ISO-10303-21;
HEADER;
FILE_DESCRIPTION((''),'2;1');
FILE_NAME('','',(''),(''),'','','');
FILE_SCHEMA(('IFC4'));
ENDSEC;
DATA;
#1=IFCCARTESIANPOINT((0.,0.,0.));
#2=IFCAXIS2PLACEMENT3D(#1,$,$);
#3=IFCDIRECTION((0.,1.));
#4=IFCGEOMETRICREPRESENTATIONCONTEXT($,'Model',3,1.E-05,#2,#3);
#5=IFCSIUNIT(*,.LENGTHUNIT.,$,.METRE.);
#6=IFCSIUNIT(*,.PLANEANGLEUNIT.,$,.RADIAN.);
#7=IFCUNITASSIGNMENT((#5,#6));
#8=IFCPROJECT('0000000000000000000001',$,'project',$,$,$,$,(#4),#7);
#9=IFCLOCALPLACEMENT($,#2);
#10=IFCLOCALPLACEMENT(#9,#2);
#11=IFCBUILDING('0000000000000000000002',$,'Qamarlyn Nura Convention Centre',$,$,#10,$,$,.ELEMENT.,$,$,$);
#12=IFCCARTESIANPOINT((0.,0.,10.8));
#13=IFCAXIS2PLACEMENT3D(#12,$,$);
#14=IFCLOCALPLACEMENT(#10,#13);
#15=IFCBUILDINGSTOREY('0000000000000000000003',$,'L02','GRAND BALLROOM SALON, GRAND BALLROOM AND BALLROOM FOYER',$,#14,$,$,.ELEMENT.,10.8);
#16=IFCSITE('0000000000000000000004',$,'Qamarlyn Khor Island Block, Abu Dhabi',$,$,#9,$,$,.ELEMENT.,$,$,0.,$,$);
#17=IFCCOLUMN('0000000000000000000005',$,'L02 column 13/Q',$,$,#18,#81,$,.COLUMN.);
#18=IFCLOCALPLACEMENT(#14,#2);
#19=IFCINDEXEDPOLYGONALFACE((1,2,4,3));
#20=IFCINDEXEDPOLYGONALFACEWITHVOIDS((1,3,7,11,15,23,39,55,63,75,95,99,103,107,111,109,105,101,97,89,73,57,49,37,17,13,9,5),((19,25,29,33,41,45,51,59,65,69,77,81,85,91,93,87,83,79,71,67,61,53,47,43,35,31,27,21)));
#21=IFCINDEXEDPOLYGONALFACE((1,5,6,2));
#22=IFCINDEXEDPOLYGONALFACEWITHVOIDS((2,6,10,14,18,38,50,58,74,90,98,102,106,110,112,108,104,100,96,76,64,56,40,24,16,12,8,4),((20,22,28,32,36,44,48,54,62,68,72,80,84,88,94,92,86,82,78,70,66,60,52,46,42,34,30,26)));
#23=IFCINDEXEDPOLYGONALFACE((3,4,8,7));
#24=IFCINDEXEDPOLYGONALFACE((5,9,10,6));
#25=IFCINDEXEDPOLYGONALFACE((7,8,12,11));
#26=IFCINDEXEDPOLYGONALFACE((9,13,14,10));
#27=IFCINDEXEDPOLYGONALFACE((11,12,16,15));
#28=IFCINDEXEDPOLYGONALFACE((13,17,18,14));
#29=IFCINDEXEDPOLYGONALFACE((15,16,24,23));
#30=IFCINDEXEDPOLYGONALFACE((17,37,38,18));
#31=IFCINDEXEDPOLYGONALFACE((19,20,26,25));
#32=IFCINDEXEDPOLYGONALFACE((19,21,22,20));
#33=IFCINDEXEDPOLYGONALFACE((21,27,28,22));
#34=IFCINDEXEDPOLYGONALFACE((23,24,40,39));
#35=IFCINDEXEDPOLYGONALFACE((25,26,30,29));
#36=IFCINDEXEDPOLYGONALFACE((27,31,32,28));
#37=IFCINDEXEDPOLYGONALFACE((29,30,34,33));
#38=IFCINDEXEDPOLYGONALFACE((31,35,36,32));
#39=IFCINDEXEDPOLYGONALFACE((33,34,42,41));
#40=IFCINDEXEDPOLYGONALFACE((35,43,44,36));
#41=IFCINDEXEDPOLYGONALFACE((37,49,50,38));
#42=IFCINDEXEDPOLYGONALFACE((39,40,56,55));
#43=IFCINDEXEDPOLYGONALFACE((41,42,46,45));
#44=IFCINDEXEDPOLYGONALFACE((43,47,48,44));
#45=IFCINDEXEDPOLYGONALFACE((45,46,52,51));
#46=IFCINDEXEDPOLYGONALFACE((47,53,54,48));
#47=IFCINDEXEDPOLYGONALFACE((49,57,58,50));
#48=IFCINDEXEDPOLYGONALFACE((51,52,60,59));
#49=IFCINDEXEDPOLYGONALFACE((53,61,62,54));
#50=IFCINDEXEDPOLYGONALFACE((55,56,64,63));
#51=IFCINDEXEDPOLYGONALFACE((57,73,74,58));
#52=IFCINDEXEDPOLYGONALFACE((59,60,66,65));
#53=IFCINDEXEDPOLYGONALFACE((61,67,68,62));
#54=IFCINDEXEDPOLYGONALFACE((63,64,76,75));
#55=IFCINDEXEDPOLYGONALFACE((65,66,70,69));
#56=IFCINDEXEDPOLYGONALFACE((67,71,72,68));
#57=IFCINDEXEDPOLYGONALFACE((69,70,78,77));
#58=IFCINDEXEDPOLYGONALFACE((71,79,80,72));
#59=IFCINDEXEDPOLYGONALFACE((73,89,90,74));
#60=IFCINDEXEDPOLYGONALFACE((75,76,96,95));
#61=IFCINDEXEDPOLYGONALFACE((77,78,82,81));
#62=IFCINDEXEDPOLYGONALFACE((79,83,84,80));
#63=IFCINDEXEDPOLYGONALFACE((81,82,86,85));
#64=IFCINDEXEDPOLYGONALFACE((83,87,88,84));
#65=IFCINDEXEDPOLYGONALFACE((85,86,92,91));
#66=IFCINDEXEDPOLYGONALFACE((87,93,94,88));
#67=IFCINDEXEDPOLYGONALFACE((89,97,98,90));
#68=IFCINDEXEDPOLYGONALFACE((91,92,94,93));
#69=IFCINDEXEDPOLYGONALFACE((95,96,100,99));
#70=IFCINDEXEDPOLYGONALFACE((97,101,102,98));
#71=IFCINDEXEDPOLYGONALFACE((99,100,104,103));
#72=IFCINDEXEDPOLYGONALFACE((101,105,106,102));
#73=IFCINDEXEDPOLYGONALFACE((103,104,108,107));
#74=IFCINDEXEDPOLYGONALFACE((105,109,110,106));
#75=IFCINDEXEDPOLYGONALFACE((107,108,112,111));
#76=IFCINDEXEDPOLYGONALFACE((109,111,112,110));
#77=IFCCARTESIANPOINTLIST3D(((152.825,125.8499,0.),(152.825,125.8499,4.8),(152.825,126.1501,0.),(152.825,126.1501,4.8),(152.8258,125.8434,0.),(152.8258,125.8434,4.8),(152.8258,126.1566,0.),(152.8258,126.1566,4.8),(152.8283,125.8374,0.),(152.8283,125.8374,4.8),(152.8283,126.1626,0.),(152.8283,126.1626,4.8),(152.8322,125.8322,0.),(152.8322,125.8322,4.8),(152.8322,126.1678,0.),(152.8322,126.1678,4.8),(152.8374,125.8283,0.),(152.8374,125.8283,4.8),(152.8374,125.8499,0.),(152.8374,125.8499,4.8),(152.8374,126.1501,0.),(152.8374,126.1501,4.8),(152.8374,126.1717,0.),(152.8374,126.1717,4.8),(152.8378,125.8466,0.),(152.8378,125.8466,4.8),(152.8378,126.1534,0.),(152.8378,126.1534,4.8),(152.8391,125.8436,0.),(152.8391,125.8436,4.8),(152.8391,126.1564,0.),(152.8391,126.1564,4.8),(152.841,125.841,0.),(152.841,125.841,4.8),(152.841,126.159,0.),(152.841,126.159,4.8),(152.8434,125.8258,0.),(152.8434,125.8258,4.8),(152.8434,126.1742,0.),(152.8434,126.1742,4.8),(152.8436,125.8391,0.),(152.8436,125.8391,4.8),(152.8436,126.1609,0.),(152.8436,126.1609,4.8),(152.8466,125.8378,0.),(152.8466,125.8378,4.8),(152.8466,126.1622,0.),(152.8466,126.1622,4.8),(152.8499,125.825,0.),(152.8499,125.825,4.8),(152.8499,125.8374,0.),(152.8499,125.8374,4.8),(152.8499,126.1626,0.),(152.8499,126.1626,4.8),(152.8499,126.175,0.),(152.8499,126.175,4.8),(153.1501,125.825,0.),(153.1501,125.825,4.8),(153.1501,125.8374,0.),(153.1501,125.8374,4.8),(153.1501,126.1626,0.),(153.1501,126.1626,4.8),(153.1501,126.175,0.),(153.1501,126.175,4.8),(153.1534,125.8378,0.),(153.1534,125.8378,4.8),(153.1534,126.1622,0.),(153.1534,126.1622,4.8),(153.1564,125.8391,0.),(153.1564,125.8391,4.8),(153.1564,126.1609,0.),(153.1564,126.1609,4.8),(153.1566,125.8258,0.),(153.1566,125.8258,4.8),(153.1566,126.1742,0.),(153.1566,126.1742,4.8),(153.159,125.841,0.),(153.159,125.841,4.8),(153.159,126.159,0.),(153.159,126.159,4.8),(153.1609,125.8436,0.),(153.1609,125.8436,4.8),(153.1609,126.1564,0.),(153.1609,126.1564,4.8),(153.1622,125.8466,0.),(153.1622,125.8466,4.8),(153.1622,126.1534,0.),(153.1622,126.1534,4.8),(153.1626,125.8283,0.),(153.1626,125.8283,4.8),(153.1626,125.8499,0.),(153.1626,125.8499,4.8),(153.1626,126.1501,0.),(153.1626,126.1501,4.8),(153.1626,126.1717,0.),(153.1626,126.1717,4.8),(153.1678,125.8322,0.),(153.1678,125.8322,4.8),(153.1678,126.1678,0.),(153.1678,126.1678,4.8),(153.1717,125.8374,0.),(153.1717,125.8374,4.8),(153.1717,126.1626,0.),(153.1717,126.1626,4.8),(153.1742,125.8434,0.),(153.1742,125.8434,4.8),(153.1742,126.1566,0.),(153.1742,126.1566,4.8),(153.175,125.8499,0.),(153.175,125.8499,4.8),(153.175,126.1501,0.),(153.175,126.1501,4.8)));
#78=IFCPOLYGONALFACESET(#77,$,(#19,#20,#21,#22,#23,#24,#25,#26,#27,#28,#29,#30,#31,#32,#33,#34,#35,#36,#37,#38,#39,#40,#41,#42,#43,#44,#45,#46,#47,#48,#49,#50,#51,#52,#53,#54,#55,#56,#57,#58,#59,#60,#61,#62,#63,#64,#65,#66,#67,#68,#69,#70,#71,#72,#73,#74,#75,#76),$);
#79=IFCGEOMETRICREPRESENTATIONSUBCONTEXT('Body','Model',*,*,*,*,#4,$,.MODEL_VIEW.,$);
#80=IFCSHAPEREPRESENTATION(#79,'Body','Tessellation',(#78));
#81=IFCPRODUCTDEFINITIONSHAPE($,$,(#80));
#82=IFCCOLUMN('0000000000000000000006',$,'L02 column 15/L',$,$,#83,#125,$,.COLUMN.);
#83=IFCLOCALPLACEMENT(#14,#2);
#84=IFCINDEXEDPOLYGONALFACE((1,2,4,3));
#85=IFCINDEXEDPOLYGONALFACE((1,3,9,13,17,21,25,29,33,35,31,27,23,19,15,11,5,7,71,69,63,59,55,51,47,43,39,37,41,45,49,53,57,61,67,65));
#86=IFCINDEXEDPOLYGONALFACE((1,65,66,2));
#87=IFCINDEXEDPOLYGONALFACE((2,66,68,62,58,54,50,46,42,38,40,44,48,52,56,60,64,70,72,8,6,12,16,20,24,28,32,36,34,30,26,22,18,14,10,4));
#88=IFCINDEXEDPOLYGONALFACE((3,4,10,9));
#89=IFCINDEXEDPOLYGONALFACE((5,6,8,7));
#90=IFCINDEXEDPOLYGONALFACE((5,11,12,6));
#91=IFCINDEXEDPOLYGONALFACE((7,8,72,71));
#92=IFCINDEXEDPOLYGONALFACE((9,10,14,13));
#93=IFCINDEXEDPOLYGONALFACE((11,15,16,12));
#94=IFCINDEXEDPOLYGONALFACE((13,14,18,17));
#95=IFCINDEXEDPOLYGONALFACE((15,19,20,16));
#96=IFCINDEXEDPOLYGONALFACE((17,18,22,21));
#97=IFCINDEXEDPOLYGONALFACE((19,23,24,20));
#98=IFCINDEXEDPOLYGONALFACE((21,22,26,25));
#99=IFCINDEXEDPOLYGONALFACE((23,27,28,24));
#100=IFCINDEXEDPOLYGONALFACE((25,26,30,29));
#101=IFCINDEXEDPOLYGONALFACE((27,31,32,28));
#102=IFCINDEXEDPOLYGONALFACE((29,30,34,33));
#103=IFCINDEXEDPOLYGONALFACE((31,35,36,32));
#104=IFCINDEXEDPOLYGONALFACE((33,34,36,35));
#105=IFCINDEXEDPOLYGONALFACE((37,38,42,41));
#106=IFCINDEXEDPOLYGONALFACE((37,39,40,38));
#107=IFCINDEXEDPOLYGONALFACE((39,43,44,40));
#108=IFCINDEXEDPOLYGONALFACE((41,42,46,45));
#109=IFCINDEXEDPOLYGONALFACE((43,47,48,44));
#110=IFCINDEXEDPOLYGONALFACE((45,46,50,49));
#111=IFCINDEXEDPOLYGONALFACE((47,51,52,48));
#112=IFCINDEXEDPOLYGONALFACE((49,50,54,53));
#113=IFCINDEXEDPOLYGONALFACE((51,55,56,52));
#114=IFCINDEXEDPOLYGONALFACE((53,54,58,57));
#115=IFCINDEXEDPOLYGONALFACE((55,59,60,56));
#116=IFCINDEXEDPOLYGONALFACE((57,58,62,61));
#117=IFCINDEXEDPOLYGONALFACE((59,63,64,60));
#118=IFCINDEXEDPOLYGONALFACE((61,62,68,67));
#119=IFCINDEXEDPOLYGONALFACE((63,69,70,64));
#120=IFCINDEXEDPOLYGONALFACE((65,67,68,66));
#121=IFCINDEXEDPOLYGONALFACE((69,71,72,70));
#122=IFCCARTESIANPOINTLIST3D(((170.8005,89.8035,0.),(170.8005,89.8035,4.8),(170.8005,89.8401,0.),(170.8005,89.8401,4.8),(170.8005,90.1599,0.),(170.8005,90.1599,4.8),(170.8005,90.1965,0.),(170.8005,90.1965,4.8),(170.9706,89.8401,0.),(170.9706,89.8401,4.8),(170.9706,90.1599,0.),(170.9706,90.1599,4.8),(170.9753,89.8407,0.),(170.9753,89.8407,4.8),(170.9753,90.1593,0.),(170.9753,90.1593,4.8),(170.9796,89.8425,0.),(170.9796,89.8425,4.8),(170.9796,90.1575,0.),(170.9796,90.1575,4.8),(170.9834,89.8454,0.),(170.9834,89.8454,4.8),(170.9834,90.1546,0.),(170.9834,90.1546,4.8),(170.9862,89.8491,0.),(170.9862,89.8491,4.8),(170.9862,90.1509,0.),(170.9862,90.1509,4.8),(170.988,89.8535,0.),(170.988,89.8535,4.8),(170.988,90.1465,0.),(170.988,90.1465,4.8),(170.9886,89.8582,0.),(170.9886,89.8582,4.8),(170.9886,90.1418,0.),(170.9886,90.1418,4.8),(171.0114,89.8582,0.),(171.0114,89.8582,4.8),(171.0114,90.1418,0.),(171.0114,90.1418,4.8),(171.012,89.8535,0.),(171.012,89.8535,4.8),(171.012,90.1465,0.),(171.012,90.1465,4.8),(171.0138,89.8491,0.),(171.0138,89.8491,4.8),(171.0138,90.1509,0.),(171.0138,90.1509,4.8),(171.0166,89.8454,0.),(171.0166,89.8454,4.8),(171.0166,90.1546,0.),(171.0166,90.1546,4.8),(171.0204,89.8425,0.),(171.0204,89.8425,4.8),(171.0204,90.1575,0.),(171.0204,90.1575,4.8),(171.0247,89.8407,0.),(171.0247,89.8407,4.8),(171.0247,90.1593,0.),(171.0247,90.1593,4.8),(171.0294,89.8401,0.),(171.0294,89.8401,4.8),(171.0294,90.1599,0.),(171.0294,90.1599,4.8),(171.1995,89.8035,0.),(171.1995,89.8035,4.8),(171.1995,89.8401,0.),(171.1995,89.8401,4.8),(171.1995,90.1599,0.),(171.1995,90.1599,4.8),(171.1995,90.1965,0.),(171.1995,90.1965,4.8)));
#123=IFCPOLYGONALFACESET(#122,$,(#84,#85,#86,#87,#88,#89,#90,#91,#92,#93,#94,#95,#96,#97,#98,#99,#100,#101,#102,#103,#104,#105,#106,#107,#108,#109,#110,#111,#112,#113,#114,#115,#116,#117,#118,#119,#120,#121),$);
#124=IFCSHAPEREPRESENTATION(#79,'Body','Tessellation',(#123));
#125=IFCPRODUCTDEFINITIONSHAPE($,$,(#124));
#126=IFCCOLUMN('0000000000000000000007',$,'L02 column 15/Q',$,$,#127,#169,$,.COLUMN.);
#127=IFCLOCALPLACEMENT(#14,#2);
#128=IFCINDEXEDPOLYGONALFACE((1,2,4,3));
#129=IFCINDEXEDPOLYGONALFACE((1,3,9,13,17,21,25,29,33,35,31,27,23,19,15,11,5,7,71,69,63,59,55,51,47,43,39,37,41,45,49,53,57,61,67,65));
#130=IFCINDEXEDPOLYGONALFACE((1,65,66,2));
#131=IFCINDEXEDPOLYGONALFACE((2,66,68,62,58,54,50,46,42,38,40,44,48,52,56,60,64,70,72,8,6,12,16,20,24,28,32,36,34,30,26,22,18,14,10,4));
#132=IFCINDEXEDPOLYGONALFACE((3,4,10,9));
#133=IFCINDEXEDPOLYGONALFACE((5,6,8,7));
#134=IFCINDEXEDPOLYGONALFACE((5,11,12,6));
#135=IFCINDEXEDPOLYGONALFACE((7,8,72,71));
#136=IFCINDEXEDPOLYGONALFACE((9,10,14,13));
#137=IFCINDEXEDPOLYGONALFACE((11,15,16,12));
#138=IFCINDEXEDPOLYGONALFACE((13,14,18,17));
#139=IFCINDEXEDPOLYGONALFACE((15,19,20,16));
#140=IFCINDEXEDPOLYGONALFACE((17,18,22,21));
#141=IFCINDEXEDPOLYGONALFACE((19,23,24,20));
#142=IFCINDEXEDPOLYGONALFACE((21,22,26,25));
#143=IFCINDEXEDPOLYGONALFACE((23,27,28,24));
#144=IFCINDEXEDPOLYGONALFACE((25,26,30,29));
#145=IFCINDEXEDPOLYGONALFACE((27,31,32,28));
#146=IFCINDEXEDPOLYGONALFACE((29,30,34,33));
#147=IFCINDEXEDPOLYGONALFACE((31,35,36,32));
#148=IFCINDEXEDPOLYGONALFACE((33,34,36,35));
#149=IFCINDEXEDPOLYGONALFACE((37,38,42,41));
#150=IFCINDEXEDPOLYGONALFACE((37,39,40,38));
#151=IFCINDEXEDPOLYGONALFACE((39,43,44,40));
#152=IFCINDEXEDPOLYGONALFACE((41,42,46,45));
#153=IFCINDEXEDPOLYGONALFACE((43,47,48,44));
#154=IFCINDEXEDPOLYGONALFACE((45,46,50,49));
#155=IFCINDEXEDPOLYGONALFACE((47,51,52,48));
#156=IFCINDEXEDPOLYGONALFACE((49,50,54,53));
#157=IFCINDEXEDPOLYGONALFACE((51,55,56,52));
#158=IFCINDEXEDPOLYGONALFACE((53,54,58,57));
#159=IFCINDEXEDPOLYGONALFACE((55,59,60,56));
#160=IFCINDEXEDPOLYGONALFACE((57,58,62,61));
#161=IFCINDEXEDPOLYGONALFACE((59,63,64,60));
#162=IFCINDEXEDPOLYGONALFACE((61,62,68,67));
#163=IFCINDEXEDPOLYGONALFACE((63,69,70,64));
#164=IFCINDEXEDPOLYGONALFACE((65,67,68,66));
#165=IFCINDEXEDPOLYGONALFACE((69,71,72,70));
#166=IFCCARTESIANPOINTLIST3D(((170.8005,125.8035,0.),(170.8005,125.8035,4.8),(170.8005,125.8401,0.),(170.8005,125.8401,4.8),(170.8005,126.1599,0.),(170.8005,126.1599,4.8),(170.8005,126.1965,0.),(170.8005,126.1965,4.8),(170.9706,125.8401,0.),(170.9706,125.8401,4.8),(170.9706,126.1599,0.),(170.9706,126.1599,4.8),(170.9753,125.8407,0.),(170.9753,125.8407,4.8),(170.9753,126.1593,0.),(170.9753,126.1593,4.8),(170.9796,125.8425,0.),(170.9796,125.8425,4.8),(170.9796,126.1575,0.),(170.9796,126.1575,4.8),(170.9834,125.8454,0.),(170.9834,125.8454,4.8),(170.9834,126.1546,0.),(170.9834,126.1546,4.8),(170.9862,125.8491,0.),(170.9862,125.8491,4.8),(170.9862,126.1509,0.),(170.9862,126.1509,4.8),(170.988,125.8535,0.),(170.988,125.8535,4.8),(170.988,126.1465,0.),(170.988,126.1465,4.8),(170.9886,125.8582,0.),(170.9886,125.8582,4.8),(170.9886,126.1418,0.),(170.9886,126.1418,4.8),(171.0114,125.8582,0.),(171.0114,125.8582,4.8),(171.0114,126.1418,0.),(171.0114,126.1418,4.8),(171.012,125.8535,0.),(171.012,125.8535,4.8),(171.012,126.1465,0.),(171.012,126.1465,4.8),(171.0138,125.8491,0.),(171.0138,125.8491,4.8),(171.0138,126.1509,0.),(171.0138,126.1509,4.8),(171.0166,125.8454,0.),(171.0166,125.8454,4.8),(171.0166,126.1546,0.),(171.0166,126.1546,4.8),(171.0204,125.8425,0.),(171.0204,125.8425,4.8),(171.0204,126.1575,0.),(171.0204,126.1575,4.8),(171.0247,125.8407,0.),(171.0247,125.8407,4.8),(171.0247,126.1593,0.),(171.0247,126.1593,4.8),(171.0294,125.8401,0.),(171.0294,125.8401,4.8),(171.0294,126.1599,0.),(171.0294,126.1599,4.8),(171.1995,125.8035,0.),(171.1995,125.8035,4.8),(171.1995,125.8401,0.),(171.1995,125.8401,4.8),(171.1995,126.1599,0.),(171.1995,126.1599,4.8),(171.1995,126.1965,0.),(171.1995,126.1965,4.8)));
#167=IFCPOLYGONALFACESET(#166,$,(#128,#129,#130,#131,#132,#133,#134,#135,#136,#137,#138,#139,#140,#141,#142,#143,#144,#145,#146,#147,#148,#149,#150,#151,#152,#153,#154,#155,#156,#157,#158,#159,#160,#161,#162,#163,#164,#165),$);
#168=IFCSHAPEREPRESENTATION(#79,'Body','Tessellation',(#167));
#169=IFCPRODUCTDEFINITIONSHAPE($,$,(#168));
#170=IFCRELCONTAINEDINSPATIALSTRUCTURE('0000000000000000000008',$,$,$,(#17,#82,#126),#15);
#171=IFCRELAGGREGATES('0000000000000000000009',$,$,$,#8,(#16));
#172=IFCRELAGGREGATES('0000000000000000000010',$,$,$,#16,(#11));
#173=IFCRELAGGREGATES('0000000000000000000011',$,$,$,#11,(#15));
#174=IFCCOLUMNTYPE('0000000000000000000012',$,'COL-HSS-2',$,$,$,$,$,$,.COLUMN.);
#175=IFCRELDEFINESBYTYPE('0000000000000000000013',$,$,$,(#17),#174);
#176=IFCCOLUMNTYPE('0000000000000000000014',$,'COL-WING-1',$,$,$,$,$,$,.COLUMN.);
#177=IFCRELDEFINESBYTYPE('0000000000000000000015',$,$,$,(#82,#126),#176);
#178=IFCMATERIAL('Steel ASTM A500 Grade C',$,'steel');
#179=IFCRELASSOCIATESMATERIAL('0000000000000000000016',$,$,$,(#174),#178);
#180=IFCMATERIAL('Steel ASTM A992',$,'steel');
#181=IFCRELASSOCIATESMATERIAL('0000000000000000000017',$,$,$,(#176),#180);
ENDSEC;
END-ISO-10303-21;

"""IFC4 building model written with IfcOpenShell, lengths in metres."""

from ifc_helpers import new_model, si_unit, direction, frame, origin, origin_2d, place, context, subcontext, project, spatial, hollow_rectangle, i_section, extrude, material, material_profile, profile_set, type_object, element, save


model = new_model("IFC4")

# Units and contexts
model_context = context("Model", 3, precision=1e-05, world=origin(), true_north=direction((0.0, 1.0)))
body_context = subcontext(model_context, "Body", "Model", "MODEL_VIEW")
ifc_project = project(units=[si_unit("LENGTHUNIT", "METRE"), si_unit("PLANEANGLEUNIT", "RADIAN")], contexts=[model_context])

# Site, building, storey
site_placement = place(None, origin())
site = spatial("IfcSite", under=ifc_project, at=site_placement, Name="Qamarlyn Khor Island Block, Abu Dhabi", CompositionType="ELEMENT", RefElevation=0.0)
building_placement = place(site_placement, origin())
building = spatial("IfcBuilding", under=site, at=building_placement, Name="Qamarlyn Nura Convention Centre", CompositionType="ELEMENT")
storey_placement = place(building_placement, frame((0.0, 0.0, 10.8)))
storey = spatial("IfcBuildingStorey", under=building, at=storey_placement, Name="L02", Description="GRAND BALLROOM SALON, GRAND BALLROOM AND BALLROOM FOYER", CompositionType="ELEMENT", Elevation=10.8)

# Columns
ifc_material_1 = material(Name="Steel ASTM A500 Grade C", Category="steel")
ifc_material_profile_1 = material_profile(ifc_material_1, hollow_rectangle(XDim=0.3501, YDim=0.3501, WallThickness=0.0125, InnerFilletRadius=0.0125, OuterFilletRadius=0.0249, at=origin_2d()), Name="HSS350X350X12.5")
ifc_profile_set_1 = profile_set([ifc_material_profile_1], Name="Steel ASTM A500 Grade C")
column_type_1 = type_object("IfcColumnType", Name="COL-HSS-2", PredefinedType="COLUMN", material=ifc_profile_set_1)
column_1_placement = place(storey_placement, frame((153.0, 126.0, 0.0), z_axis=(0.0, 0.0, 1.0), x_axis=(1.0, 0.0, 0.0)))
element("IfcColumn", 1, at=column_1_placement, inside=storey, type_object=column_type_1, Name="L02 column 13/Q", PredefinedType="COLUMN", context=body_context, shape_type="SweptSolid", body=[
    extrude(hollow_rectangle(XDim=0.3501, YDim=0.3501, WallThickness=0.0125, InnerFilletRadius=0.0125, OuterFilletRadius=0.0249, at=origin_2d()), origin(), (0.0, 0.0, 1.0), 4.8),
])
ifc_material_2 = material(Name="Steel ASTM A992", Category="steel")
ifc_material_profile_2 = material_profile(ifc_material_2, i_section(OverallWidth=0.3989, OverallDepth=0.3931, WebThickness=0.0227, FlangeThickness=0.0366, FilletRadius=0.0181, at=origin_2d()), Name="W360X287")
ifc_profile_set_2 = profile_set([ifc_material_profile_2], Name="Steel ASTM A992")
column_type_2 = type_object("IfcColumnType", Name="COL-WING-1", PredefinedType="COLUMN", material=ifc_profile_set_2)
for number, where, z_axis, x_axis, name in (
    (2, (171.0, 90.0, 0.0), (0.0, 0.0, 1.0), (1.0, 0.0, 0.0), "L02 column 15/L"),
    (3, (171.0, 126.0, 0.0), (0.0, 0.0, 1.0), (1.0, 0.0, 0.0), "L02 column 15/Q"),
):
    element("IfcColumn", number, at=place(storey_placement, frame(where, z_axis=z_axis, x_axis=x_axis)), inside=storey, type_object=column_type_2, Name=name, PredefinedType="COLUMN", context=body_context, shape_type="SweptSolid", body=[
        extrude(i_section(OverallWidth=0.3989, OverallDepth=0.3931, WebThickness=0.0227, FlangeThickness=0.0366, FilletRadius=0.0181, at=origin_2d()), origin(), (0.0, 0.0, 1.0), 4.8),
    ])

save(model, "model.ifc")
